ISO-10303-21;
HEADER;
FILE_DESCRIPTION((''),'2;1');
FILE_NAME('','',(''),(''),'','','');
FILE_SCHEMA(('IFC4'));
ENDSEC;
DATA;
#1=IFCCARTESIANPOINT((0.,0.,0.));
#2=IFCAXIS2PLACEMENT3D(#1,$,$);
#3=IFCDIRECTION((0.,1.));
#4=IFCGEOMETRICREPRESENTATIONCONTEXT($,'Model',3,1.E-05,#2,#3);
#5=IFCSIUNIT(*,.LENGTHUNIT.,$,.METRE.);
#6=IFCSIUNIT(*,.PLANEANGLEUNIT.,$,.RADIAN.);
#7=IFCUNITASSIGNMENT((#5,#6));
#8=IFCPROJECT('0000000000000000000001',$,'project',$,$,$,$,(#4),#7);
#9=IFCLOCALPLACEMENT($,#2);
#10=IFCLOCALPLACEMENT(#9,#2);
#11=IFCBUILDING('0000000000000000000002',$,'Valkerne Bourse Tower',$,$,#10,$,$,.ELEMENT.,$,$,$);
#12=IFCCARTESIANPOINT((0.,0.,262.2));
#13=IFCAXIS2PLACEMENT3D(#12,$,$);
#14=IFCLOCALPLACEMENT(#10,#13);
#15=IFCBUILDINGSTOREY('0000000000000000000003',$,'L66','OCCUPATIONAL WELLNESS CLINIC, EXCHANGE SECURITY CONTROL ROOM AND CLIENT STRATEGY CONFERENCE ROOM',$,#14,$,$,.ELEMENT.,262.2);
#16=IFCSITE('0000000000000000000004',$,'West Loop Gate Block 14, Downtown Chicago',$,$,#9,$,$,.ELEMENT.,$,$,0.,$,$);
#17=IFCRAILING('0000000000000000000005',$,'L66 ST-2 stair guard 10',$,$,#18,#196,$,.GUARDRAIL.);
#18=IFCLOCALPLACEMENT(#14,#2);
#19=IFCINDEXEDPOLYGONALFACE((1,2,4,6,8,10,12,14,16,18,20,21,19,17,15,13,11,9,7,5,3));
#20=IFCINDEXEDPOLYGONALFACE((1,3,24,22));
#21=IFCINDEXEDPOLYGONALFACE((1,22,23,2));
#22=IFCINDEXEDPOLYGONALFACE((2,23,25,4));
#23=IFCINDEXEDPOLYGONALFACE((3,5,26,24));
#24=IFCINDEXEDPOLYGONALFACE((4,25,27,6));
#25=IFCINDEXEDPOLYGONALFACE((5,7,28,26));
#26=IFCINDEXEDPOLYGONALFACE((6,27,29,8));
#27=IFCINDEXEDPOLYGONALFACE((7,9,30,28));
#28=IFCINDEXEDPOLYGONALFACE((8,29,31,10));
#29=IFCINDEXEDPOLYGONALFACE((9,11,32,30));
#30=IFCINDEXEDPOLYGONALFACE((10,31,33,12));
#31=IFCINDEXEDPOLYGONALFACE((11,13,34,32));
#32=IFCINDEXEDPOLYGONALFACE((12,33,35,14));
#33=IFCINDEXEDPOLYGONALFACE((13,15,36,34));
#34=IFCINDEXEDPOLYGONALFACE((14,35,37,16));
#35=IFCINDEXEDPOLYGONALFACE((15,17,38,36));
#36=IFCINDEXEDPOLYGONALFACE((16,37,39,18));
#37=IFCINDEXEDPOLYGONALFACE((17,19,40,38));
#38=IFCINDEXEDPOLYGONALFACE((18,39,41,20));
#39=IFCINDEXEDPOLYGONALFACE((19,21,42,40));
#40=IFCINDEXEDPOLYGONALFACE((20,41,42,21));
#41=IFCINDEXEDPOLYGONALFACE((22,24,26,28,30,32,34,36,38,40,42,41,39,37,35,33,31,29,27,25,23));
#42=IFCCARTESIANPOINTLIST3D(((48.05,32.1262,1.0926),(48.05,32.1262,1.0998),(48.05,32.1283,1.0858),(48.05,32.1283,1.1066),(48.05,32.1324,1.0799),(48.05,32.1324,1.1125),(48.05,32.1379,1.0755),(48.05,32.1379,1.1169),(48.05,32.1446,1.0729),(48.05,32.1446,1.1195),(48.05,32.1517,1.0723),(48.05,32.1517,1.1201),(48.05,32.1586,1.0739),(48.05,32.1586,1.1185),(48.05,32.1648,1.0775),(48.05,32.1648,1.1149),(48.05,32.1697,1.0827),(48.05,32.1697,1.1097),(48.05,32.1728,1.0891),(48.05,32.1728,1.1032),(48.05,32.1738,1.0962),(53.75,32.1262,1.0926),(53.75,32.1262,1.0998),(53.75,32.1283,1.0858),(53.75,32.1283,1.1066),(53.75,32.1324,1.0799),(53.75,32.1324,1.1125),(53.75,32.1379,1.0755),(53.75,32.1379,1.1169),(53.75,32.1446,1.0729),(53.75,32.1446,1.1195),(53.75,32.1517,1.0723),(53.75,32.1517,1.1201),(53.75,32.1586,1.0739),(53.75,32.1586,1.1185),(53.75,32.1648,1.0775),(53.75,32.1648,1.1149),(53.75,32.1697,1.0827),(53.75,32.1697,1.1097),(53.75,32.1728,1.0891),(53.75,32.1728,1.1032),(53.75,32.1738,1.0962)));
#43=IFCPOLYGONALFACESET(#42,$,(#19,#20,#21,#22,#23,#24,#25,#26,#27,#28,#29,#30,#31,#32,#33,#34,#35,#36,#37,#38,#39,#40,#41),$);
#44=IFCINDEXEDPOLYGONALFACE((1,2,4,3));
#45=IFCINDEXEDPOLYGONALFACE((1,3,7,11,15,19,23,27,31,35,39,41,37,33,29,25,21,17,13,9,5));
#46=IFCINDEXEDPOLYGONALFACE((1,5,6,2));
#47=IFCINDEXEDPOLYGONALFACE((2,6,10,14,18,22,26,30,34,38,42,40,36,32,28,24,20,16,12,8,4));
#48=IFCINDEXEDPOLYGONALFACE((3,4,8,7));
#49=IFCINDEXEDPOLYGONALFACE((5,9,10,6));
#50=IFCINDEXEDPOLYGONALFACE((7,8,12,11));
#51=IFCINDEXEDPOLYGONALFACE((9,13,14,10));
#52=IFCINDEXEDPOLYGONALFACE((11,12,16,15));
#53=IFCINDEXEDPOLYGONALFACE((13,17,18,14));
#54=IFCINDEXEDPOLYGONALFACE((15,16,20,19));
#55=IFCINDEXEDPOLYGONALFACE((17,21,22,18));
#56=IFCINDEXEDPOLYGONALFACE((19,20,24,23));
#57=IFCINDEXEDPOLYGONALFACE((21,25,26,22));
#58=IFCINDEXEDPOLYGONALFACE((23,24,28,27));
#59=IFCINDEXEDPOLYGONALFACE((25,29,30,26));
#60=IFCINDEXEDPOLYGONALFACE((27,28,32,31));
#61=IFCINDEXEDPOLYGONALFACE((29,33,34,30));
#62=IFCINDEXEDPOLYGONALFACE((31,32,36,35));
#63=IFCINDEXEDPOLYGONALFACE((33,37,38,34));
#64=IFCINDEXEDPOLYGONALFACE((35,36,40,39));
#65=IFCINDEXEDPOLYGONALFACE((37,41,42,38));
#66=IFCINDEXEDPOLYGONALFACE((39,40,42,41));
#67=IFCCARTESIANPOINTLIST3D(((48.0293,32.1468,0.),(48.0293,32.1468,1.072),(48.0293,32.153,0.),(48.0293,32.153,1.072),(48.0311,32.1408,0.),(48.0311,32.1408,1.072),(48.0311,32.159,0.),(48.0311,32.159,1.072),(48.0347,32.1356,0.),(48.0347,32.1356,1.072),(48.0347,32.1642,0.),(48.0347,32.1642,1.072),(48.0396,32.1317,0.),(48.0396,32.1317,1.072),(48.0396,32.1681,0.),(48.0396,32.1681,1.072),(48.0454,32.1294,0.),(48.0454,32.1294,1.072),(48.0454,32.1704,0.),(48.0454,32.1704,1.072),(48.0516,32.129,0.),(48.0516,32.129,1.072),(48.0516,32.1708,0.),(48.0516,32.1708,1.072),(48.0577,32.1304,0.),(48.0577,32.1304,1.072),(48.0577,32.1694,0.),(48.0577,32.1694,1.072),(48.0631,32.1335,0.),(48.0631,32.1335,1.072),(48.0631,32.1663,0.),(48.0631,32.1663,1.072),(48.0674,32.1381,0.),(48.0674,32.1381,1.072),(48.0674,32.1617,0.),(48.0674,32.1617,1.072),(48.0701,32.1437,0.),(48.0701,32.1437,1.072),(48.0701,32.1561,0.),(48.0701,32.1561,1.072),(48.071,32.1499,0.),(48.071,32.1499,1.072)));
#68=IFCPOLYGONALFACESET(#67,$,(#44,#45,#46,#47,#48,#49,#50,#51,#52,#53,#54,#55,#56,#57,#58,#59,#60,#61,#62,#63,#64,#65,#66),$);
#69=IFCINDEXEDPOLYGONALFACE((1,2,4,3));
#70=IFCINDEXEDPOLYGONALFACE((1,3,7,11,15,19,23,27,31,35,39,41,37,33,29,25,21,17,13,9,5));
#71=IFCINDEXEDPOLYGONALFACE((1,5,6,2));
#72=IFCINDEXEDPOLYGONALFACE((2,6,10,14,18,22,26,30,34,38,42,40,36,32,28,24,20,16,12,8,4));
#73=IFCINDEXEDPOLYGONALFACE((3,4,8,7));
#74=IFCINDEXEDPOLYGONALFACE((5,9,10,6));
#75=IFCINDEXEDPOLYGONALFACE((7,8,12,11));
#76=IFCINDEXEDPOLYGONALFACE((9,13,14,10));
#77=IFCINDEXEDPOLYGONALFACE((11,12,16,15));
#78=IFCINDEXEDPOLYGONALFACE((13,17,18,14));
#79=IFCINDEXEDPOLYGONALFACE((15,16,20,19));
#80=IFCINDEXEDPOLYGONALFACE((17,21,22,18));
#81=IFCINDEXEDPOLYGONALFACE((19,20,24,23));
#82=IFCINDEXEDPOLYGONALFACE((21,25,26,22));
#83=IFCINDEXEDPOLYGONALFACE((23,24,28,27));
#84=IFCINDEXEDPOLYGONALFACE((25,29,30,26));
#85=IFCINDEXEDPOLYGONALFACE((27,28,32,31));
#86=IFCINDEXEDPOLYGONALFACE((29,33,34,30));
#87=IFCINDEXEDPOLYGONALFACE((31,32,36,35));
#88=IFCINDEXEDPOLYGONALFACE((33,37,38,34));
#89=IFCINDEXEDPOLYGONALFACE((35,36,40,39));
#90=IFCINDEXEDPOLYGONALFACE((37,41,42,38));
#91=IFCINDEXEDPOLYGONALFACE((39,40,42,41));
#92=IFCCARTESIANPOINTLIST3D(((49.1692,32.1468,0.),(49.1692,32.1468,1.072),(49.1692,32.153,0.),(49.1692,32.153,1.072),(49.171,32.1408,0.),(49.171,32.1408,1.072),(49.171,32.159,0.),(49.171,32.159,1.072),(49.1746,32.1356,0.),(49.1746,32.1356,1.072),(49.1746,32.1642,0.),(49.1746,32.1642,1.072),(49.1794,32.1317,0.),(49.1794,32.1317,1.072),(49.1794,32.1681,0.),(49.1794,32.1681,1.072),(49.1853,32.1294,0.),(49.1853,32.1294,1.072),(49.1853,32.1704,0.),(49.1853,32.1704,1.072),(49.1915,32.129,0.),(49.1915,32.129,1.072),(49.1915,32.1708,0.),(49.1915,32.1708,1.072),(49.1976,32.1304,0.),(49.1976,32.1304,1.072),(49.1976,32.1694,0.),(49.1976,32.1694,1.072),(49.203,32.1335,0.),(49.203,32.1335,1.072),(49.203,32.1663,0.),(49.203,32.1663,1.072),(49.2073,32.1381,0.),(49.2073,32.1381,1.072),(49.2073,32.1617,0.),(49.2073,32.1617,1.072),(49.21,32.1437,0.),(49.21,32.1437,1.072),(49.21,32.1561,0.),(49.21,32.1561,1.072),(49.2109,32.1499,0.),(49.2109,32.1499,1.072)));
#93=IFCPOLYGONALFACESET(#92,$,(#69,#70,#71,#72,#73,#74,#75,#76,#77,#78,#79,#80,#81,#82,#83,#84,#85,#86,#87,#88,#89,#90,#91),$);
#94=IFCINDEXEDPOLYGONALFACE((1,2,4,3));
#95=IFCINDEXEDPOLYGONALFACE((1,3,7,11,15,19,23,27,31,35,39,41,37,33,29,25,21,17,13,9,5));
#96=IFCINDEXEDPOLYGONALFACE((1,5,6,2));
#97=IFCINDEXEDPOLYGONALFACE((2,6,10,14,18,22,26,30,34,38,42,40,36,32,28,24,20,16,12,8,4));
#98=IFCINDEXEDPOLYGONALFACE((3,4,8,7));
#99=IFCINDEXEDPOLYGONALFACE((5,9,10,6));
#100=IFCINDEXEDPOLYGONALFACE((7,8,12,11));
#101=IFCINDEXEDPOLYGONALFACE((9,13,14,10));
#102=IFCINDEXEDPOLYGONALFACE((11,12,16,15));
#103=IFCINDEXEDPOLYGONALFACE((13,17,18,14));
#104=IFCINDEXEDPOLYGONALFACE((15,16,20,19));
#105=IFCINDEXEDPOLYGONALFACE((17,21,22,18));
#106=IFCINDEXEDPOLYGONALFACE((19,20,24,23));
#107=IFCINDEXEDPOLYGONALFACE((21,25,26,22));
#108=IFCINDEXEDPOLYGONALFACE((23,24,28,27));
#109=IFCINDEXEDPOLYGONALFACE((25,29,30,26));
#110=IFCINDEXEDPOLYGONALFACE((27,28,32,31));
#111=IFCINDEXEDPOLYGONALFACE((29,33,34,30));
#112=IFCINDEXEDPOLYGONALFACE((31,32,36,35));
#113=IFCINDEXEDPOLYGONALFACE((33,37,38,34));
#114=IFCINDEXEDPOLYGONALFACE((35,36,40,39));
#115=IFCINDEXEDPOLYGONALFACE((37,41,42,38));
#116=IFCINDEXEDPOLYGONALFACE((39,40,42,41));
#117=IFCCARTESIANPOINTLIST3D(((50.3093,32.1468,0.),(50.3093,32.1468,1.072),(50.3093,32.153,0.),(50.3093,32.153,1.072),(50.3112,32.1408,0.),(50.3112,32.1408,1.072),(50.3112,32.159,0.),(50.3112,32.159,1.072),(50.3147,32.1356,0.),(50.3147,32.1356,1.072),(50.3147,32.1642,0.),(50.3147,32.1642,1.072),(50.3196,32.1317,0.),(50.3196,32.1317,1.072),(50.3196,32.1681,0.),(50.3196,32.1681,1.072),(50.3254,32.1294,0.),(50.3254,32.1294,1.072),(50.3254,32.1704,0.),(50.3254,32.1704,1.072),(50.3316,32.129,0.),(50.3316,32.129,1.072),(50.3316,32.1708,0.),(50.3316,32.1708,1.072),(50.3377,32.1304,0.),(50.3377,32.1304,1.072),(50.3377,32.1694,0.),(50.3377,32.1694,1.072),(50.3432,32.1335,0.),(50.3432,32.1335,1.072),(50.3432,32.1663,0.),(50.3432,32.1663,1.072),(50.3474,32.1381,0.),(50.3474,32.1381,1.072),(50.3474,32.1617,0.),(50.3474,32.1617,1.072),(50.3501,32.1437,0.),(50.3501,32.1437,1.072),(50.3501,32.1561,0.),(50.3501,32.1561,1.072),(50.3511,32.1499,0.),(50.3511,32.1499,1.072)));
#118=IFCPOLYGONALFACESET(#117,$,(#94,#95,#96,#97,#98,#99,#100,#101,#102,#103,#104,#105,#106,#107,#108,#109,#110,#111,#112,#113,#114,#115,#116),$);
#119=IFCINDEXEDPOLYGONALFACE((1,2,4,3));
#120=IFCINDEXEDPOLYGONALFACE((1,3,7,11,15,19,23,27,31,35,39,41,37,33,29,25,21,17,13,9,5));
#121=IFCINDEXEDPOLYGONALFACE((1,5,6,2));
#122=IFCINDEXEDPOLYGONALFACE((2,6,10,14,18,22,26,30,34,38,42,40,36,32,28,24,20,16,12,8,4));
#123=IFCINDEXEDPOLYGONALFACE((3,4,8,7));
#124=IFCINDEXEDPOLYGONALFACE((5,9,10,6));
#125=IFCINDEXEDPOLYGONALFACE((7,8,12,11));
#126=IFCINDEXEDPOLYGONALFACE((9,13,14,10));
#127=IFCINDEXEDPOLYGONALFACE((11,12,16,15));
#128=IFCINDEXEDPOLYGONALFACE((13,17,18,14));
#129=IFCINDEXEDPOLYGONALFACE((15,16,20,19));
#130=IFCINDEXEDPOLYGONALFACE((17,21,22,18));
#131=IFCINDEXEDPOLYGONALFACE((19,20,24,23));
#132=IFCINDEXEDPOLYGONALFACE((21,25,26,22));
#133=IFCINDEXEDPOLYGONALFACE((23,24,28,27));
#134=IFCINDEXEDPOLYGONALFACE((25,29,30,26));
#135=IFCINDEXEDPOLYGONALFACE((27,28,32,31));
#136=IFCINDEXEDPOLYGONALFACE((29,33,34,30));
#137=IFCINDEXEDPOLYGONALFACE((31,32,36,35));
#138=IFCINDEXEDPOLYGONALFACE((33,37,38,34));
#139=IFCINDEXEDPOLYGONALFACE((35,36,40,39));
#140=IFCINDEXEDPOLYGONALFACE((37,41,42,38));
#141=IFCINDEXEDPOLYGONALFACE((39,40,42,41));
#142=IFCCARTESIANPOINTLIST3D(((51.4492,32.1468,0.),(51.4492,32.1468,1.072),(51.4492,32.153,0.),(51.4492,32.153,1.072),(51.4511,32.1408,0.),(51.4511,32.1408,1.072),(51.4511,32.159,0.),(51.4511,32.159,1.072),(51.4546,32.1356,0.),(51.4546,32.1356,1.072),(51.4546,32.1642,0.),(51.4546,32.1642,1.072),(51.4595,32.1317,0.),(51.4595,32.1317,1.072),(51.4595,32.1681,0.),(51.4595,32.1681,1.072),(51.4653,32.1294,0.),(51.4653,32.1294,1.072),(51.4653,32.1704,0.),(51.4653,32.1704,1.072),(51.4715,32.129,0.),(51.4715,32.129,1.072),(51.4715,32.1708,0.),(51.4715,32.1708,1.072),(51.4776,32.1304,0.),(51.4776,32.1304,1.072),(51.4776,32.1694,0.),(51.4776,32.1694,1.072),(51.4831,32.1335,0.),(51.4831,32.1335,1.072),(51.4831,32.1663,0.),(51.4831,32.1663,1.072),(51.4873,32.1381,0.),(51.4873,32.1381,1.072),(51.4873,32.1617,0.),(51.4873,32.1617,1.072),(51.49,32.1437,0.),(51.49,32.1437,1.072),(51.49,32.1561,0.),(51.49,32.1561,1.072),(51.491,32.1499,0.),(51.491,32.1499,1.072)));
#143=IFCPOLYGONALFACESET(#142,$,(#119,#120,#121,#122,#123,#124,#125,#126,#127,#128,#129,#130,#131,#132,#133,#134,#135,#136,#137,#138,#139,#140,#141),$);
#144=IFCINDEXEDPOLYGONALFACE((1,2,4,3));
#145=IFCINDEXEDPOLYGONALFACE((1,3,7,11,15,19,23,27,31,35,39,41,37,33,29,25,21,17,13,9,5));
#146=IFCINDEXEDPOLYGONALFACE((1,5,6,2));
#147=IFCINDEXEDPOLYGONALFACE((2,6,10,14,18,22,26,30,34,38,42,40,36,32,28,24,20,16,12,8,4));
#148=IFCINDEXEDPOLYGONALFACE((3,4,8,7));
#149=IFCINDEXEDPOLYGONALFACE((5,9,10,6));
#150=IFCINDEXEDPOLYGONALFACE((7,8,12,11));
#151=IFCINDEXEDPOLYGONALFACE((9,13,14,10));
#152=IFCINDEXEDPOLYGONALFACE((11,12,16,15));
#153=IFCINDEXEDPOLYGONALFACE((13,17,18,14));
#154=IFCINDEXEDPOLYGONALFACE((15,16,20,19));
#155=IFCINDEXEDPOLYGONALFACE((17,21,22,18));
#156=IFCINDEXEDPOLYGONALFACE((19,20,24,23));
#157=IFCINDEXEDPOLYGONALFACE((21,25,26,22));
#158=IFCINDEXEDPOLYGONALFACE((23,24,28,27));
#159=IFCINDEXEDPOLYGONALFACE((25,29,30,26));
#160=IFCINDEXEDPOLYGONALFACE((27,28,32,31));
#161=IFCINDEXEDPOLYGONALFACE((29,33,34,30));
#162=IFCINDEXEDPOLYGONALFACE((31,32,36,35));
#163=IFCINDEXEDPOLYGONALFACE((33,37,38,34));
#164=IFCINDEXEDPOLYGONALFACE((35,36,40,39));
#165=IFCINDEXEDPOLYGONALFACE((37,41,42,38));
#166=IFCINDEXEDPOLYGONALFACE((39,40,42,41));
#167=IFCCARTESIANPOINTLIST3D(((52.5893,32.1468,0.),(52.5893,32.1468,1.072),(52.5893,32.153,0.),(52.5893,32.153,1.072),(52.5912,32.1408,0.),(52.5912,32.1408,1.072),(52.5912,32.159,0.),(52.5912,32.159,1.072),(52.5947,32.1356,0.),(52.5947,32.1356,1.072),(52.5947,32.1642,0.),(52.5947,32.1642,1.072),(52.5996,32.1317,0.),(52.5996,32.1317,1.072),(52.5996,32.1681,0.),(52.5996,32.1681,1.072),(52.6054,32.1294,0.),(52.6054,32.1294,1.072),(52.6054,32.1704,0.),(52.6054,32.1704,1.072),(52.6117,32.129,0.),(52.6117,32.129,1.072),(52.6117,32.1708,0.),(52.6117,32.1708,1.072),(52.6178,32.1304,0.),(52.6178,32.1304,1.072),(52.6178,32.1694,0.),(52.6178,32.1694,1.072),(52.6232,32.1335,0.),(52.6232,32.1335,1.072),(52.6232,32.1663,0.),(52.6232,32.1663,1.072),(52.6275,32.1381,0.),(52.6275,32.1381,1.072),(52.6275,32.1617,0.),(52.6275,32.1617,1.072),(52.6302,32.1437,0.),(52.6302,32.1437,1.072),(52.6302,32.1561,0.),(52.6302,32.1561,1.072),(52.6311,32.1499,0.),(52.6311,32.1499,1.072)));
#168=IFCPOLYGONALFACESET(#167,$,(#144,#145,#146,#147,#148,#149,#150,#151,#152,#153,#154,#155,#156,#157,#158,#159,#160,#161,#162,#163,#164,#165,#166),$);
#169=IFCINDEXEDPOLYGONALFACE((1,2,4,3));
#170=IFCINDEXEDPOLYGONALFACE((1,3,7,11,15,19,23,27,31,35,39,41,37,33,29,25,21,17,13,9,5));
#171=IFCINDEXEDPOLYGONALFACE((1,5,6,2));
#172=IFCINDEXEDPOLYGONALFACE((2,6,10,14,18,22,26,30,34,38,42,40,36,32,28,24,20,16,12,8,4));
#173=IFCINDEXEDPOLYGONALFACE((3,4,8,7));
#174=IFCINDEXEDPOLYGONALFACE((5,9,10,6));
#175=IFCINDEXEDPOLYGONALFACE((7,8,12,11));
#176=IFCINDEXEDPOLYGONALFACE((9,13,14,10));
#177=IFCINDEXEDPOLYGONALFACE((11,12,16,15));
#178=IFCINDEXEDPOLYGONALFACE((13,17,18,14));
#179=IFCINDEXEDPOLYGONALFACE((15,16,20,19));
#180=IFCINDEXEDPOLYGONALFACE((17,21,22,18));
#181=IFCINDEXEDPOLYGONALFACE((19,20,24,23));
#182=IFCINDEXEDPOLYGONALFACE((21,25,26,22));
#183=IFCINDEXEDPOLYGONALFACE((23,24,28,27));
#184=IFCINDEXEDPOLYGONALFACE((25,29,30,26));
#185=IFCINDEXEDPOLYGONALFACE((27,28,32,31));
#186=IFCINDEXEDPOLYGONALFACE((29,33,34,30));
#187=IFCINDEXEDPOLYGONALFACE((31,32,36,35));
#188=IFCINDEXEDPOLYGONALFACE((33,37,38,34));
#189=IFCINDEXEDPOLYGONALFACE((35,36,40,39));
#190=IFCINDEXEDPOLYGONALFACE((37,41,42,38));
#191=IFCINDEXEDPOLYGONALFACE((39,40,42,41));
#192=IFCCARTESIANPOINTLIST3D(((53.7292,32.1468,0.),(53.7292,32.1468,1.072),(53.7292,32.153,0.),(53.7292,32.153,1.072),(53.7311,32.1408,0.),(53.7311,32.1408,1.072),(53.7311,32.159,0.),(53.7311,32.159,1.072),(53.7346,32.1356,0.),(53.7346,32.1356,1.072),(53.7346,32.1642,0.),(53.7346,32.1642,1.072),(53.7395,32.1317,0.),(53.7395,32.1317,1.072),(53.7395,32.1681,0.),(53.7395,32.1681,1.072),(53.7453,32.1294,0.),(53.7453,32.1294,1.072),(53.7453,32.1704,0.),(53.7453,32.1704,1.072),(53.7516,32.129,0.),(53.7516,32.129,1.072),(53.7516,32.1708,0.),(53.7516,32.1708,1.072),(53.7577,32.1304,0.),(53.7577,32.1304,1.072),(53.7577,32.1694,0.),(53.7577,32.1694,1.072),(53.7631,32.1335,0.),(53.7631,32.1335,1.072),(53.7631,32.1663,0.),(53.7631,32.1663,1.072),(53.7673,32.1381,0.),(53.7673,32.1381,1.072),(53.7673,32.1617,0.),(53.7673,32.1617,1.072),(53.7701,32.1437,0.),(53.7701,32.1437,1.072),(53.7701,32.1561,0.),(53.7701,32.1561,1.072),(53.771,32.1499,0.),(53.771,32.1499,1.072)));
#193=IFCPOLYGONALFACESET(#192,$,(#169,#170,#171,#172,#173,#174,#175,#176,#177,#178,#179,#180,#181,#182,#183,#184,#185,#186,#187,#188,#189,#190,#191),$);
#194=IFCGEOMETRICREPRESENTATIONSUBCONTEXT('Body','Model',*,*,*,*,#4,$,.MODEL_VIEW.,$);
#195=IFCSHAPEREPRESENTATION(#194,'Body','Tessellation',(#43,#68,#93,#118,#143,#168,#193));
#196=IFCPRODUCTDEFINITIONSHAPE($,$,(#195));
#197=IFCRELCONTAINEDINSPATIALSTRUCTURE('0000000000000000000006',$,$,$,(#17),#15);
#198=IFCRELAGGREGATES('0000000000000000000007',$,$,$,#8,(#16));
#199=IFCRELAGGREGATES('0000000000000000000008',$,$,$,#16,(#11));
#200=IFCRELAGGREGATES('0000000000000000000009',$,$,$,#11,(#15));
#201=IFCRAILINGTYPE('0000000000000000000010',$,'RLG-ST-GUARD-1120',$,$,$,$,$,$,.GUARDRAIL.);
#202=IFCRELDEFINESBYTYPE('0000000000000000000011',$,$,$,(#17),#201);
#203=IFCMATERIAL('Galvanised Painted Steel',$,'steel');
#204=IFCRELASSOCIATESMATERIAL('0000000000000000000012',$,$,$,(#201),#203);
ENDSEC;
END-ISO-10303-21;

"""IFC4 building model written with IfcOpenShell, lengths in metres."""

from ifc_helpers import new_model, si_unit, direction, frame, origin, origin_2d, place, context, subcontext, project, spatial, circle, extrude, material, type_object, element, save


model = new_model("IFC4")

# Units and contexts
model_context = context("Model", 3, precision=1e-05, world=origin(), true_north=direction((0.0, 1.0)))
body_context = subcontext(model_context, "Body", "Model", "MODEL_VIEW")
ifc_project = project(units=[si_unit("LENGTHUNIT", "METRE"), si_unit("PLANEANGLEUNIT", "RADIAN")], contexts=[model_context])

# Site, building, storey
site_placement = place(None, origin())
site = spatial("IfcSite", under=ifc_project, at=site_placement, Name="West Loop Gate Block 14, Downtown Chicago", CompositionType="ELEMENT", RefElevation=0.0)
building_placement = place(site_placement, origin())
building = spatial("IfcBuilding", under=site, at=building_placement, Name="Valkerne Bourse Tower", CompositionType="ELEMENT")
storey_placement = place(building_placement, frame((0.0, 0.0, 262.2)))
storey = spatial("IfcBuildingStorey", under=building, at=storey_placement, Name="L66", Description="OCCUPATIONAL WELLNESS CLINIC, EXCHANGE SECURITY CONTROL ROOM AND CLIENT STRATEGY CONFERENCE ROOM", CompositionType="ELEMENT", Elevation=262.2)

# Shared definitions
ifc_material_1 = material(Name="Galvanised Painted Steel", Category="steel")

# Railing
railing_type_1 = type_object("IfcRailingType", Name="RLG-ST-GUARD-1120", PredefinedType="GUARDRAIL", material=ifc_material_1)
for number, where, name in (
    (1, (48.05, 32.1499, 0.0), "L66 ST-2 stair guard 10"),
):
    element("IfcRailing", number, at=place(storey_placement, frame(where)), inside=storey, type_object=railing_type_1, Name=name, PredefinedType="GUARDRAIL", context=body_context, shape_type="SweptSolid", body=[
        extrude(circle(Radius=0.0239, at=origin_2d()), frame((0.0, 0.0, 1.0962), z_axis=(1.0, 0.0, 0.0), x_axis=(0.0, 1.0, 0.0)), (0.0, 0.0, 1.0), 5.7),
        extrude(circle(Radius=0.021, at=origin_2d()), origin(), (0.0, 0.0, 1.0), 1.072),
        extrude(circle(Radius=0.021, at=origin_2d()), frame((1.1399, 0.0, 0.0)), (0.0, 0.0, 1.0), 1.072),
        extrude(circle(Radius=0.021, at=origin_2d()), frame((2.28, 0.0, 0.0)), (0.0, 0.0, 1.0), 1.072),
        extrude(circle(Radius=0.021, at=origin_2d()), frame((3.4199, 0.0, 0.0)), (0.0, 0.0, 1.0), 1.072),
        extrude(circle(Radius=0.021, at=origin_2d()), frame((4.5601, 0.0, 0.0)), (0.0, 0.0, 1.0), 1.072),
        extrude(circle(Radius=0.021, at=origin_2d()), frame((5.7, 0.0, 0.0)), (0.0, 0.0, 1.0), 1.072),
    ])

save(model, "model.ifc")
